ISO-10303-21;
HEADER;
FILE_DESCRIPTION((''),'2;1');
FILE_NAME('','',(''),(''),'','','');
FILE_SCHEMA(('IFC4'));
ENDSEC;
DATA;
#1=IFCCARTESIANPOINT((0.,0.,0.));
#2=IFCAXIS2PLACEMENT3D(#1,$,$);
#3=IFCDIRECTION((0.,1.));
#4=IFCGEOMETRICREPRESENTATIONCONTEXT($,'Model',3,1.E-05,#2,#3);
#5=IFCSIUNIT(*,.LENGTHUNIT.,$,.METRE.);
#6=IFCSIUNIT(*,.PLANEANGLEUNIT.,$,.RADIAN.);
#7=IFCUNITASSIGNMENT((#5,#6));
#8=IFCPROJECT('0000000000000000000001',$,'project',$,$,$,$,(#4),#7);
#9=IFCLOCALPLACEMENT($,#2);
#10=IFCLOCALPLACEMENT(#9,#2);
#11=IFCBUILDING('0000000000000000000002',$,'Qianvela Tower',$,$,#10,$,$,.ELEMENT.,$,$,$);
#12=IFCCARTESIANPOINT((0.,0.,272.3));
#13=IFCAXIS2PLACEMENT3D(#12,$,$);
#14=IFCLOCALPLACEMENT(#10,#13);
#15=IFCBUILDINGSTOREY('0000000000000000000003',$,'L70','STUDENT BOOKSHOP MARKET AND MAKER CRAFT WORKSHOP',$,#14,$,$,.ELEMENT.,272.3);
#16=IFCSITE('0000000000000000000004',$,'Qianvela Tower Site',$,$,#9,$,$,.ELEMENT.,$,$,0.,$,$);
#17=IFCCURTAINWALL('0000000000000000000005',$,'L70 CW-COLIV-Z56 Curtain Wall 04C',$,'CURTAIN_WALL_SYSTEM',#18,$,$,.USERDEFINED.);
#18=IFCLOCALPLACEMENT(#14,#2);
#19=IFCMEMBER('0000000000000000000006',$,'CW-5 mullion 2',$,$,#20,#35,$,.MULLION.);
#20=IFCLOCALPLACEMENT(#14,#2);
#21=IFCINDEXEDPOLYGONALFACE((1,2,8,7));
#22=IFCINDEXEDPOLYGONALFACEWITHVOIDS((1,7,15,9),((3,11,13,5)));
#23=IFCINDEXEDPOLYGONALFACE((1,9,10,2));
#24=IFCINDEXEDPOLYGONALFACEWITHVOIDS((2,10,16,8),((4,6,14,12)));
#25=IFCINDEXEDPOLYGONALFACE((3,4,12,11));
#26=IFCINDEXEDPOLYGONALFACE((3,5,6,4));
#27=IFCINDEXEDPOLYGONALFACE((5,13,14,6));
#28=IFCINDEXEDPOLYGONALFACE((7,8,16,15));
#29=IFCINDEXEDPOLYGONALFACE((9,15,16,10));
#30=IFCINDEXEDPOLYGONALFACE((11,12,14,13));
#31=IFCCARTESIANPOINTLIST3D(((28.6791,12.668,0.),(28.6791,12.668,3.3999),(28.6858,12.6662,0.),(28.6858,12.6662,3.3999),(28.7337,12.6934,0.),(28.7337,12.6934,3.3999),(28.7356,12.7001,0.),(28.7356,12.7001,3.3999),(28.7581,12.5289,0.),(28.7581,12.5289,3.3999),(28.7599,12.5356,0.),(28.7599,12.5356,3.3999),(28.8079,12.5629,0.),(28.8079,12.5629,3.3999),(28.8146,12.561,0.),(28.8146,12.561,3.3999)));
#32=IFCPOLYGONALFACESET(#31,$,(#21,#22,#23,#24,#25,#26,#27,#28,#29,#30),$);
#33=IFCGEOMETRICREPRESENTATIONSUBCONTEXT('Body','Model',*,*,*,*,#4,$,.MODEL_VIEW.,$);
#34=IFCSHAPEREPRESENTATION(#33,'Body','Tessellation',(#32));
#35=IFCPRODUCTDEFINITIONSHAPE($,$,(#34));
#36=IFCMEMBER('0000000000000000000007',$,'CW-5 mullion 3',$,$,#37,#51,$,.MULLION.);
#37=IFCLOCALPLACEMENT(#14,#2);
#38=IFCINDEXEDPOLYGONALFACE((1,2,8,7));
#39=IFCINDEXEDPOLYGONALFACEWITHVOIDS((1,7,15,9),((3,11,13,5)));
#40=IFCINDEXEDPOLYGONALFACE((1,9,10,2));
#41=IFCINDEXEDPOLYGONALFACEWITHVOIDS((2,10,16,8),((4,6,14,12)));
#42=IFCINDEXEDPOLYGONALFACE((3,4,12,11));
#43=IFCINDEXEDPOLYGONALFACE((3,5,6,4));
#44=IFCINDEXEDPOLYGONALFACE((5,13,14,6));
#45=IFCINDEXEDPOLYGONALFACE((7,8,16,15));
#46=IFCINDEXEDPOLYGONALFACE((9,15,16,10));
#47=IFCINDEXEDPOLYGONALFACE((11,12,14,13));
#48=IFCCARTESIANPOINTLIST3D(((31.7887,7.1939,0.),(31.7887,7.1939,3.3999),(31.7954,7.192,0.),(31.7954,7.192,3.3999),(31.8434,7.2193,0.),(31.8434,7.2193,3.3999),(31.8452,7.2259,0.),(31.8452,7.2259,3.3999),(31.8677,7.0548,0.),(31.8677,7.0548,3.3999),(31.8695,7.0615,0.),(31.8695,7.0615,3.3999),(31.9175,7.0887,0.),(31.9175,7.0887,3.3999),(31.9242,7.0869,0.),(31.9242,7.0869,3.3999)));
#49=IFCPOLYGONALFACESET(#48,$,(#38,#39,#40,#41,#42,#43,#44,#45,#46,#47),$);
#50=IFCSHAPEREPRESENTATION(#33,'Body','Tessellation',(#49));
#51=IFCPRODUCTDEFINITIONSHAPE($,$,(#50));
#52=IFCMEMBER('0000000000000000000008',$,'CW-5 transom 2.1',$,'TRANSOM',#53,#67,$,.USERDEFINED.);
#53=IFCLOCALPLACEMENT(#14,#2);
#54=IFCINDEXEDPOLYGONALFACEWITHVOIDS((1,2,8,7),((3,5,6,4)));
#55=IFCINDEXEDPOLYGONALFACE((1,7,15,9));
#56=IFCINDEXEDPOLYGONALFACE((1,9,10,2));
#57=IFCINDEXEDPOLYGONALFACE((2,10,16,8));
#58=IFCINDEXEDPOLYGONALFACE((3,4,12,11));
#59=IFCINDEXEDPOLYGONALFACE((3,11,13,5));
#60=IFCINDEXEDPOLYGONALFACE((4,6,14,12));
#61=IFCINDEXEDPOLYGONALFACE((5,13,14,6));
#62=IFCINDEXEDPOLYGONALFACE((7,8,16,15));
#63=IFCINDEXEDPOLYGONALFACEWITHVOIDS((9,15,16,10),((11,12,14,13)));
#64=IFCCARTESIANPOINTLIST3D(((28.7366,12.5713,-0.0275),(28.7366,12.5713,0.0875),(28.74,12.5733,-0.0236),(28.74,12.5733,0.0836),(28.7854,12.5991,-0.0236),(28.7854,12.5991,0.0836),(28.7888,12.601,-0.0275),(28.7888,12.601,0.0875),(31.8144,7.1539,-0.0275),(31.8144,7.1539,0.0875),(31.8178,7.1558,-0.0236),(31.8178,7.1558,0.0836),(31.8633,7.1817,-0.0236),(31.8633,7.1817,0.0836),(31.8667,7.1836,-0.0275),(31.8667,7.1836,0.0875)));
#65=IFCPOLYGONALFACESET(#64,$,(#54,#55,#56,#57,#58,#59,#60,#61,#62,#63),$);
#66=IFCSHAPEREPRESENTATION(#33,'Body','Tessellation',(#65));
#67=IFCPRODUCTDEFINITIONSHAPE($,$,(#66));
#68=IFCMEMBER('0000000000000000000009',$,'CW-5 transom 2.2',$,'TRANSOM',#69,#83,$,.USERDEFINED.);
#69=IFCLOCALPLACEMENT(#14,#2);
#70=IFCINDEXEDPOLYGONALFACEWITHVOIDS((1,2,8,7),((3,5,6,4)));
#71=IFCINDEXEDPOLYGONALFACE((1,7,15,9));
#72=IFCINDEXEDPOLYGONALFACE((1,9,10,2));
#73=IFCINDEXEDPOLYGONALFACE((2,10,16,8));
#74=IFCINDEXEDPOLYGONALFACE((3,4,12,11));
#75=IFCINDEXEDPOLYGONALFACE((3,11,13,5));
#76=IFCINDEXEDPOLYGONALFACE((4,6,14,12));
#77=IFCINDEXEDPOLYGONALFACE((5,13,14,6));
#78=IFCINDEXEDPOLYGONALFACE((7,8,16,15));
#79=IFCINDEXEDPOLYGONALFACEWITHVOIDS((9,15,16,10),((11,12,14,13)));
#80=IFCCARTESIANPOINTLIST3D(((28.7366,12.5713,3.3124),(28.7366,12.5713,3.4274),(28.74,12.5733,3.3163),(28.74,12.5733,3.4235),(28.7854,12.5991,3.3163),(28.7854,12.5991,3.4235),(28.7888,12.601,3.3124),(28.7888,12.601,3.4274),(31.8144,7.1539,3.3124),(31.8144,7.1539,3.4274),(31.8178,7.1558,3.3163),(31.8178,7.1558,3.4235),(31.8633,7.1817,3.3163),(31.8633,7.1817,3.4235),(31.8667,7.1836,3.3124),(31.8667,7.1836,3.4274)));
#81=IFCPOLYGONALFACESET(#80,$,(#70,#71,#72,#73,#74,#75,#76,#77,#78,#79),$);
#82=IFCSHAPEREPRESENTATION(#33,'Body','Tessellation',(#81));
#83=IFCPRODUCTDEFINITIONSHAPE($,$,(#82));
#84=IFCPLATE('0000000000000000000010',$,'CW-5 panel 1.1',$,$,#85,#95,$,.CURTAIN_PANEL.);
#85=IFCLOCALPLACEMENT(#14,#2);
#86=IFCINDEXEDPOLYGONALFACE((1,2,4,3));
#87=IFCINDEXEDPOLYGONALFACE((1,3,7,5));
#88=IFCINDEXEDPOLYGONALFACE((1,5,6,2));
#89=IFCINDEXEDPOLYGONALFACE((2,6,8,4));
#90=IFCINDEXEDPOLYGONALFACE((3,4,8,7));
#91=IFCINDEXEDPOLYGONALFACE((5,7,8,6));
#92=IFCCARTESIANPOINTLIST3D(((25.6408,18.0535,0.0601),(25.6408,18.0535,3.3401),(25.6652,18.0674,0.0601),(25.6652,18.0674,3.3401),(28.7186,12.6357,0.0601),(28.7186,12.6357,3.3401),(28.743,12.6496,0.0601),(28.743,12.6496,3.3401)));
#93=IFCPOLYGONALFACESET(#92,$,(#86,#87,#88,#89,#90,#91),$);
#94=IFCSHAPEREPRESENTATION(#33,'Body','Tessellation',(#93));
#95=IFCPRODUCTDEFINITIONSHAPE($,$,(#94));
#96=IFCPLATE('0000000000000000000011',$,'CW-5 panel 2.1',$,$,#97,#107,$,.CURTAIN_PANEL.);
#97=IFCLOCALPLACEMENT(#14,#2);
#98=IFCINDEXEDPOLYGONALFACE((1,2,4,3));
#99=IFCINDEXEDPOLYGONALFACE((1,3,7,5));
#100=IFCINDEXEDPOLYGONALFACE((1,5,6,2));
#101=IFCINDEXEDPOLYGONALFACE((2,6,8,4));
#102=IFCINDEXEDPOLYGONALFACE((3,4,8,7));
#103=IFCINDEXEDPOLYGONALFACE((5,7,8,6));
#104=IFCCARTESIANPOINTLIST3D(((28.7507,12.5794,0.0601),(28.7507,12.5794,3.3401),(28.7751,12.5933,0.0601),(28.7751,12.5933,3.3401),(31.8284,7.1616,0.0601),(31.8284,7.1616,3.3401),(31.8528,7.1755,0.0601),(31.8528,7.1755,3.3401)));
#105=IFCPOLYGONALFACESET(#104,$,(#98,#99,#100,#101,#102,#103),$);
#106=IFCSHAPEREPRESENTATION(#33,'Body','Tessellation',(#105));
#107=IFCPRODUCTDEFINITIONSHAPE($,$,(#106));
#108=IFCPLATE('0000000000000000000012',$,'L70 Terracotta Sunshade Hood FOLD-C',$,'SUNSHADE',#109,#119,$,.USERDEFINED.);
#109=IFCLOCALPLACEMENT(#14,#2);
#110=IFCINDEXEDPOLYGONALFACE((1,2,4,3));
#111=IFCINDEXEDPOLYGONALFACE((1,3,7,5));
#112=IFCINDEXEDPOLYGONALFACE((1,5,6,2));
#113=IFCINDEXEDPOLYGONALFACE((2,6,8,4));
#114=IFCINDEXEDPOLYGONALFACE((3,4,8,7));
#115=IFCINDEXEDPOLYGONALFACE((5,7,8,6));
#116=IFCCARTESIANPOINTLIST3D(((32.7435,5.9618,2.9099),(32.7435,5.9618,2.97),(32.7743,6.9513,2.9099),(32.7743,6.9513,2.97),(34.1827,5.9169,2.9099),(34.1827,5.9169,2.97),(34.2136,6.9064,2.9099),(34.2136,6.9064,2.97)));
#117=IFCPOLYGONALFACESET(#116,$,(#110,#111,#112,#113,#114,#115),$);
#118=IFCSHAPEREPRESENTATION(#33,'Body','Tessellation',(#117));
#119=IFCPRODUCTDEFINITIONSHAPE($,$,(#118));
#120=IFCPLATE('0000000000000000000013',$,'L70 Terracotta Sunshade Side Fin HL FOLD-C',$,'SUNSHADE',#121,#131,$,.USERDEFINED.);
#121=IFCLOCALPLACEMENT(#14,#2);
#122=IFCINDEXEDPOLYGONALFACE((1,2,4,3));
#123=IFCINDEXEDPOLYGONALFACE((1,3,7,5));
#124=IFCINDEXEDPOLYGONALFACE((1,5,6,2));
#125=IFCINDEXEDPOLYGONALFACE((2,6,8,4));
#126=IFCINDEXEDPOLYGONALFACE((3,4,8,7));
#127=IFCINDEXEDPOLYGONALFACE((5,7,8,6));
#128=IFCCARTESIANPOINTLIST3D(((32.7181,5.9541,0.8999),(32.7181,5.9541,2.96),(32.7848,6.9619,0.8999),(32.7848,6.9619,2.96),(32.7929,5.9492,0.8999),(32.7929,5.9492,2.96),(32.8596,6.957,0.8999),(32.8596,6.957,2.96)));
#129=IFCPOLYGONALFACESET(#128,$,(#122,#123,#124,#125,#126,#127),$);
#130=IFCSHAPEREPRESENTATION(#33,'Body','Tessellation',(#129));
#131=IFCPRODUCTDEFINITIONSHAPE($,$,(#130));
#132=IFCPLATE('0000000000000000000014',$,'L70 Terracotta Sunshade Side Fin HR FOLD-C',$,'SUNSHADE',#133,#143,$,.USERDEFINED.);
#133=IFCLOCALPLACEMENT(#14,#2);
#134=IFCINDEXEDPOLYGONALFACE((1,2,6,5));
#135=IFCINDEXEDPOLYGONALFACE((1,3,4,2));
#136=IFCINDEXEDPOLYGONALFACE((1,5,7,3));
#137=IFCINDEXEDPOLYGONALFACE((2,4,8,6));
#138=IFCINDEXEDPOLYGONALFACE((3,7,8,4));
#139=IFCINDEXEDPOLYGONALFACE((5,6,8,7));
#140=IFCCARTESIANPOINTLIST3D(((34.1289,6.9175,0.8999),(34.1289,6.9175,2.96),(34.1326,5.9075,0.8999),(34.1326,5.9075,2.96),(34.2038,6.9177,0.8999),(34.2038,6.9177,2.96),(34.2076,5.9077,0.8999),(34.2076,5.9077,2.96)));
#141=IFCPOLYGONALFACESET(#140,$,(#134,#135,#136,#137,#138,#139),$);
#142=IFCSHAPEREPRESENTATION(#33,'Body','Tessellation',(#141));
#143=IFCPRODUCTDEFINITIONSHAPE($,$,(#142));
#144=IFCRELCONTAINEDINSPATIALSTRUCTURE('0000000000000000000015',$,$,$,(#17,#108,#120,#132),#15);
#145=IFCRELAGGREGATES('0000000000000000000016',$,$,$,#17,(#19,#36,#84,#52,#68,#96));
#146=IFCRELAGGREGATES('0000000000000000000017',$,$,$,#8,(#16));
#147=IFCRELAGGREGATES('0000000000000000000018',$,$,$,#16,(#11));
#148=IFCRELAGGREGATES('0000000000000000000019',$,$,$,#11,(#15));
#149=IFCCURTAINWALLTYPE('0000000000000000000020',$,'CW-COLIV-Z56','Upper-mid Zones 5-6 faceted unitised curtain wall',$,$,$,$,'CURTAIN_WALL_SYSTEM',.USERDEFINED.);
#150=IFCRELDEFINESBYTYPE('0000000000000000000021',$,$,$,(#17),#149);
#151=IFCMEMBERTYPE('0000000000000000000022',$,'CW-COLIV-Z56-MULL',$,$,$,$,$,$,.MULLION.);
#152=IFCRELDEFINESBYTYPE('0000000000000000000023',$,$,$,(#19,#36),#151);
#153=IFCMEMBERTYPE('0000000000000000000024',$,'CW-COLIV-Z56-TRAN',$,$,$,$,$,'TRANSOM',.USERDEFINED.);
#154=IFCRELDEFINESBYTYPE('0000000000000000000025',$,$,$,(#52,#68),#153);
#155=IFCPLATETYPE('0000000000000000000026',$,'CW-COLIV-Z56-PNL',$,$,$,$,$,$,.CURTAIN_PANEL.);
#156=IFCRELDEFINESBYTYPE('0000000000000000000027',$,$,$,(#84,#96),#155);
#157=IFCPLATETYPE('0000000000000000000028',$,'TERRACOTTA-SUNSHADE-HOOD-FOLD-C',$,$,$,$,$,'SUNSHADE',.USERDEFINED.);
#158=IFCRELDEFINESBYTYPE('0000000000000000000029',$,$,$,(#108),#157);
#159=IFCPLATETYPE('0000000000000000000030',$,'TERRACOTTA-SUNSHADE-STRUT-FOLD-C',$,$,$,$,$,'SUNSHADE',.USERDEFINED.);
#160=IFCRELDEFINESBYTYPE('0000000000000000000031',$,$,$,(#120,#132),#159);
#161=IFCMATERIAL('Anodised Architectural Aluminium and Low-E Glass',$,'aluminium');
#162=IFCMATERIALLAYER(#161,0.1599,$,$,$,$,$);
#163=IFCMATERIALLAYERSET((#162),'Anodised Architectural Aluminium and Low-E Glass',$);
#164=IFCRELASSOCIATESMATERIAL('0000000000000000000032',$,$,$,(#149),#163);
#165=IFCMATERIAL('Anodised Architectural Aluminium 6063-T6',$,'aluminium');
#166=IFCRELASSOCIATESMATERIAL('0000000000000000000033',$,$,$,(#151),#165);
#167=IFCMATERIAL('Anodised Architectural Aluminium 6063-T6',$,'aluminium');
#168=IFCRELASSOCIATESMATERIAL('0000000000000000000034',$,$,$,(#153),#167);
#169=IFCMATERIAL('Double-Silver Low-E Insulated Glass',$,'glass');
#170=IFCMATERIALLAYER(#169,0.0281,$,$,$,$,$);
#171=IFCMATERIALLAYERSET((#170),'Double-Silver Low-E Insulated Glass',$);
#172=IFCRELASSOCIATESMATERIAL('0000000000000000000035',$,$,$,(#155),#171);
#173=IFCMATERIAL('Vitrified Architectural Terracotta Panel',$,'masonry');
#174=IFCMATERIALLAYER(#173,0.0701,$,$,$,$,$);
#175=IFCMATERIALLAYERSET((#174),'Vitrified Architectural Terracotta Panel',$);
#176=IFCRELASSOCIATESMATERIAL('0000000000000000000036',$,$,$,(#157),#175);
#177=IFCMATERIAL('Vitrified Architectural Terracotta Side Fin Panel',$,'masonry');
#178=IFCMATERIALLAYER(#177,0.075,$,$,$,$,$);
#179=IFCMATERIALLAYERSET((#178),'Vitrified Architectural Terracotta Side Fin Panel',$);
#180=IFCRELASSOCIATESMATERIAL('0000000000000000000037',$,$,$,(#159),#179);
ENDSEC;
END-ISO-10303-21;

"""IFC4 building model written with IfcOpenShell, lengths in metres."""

from ifc_helpers import new_model, si_unit, direction, frame, origin, origin_2d, place, context, subcontext, project, spatial, rectangle, hollow_rectangle, extrude, material, layer, layer_set, material_profile, profile_set, type_object, element, aggregate, save


model = new_model("IFC4")

# Units and contexts
model_context = context("Model", 3, precision=1e-05, world=origin(), true_north=direction((0.0, 1.0)))
body_context = subcontext(model_context, "Body", "Model", "MODEL_VIEW")
ifc_project = project(units=[si_unit("LENGTHUNIT", "METRE"), si_unit("PLANEANGLEUNIT", "RADIAN")], contexts=[model_context])

# Site, building, storey
site_placement = place(None, origin())
site = spatial("IfcSite", under=ifc_project, at=site_placement, Name="Qianvela Tower Site", CompositionType="ELEMENT", RefElevation=0.0)
building_placement = place(site_placement, origin())
building = spatial("IfcBuilding", under=site, at=building_placement, Name="Qianvela Tower", CompositionType="ELEMENT")
storey_placement = place(building_placement, frame((0.0, 0.0, 272.3)))
storey = spatial("IfcBuildingStorey", under=building, at=storey_placement, Name="L70", Description="STUDENT BOOKSHOP MARKET AND MAKER CRAFT WORKSHOP", CompositionType="ELEMENT", Elevation=272.3)

# Curtain wall, members, plates
ifc_material_1 = material(Name="Anodised Architectural Aluminium and Low-E Glass", Category="aluminium")
ifc_layer_1 = layer(ifc_material_1, 0.1599)
ifc_layer_set_1 = layer_set([ifc_layer_1], Name="Anodised Architectural Aluminium and Low-E Glass")
curtain_wall_type = type_object("IfcCurtainWallType", Name="CW-COLIV-Z56", Description="Upper-mid Zones 5-6 faceted unitised curtain wall", ElementType="CURTAIN_WALL_SYSTEM", PredefinedType="USERDEFINED", material=ifc_layer_set_1)
curtain_wall_placement = place(storey_placement, origin())
curtain_wall = element("IfcCurtainWall", 1, at=curtain_wall_placement, inside=storey, type_object=curtain_wall_type, Name="L70 CW-COLIV-Z56 Curtain Wall 04C", ObjectType="CURTAIN_WALL_SYSTEM", PredefinedType="USERDEFINED")
ifc_material_2 = material(Name="Anodised Architectural Aluminium 6063-T6", Category="aluminium")
ifc_material_profile_1 = material_profile(ifc_material_2, hollow_rectangle(XDim=0.0649, YDim=0.1599, WallThickness=0.0049, at=origin_2d()), Name="ALU-MULL-65x160")
ifc_profile_set_1 = profile_set([ifc_material_profile_1], Name="Anodised Architectural Aluminium 6063-T6")
member_type_1 = type_object("IfcMemberType", Name="CW-COLIV-Z56-MULL", PredefinedType="MULLION", material=ifc_profile_set_1)
member_1_placement = place(storey_placement, frame((28.7468, 12.6145, 0.0), z_axis=(0.0, 0.0, 1.0), x_axis=(0.869493, 0.493945, 0.0)))
member_1 = element("IfcMember", 2, at=member_1_placement, type_object=member_type_1, Name="CW-5 mullion 2", PredefinedType="MULLION", context=body_context, shape_type="SweptSolid", body=[
    extrude(hollow_rectangle(XDim=0.0649, YDim=0.1599, WallThickness=0.0049, at=origin_2d()), origin(), (0.0, 0.0, 1.0), 3.3999),
])
member_2_placement = place(storey_placement, frame((31.8564, 7.1404, 0.0), z_axis=(0.0, 0.0, 1.0), x_axis=(0.869493, 0.493945, 0.0)))
member_2 = element("IfcMember", 3, at=member_2_placement, type_object=member_type_1, Name="CW-5 mullion 3", PredefinedType="MULLION", context=body_context, shape_type="SweptSolid", body=[
    extrude(hollow_rectangle(XDim=0.0649, YDim=0.1599, WallThickness=0.0049, at=origin_2d()), origin(), (0.0, 0.0, 1.0), 3.3999),
])
ifc_material_3 = material(Name="Anodised Architectural Aluminium 6063-T6", Category="aluminium")
ifc_material_profile_2 = material_profile(ifc_material_3, hollow_rectangle(XDim=0.0601, YDim=0.115, WallThickness=0.0039, at=origin_2d()), Name="ALU-TRAN-60x115")
ifc_profile_set_2 = profile_set([ifc_material_profile_2], Name="Anodised Architectural Aluminium 6063-T6")
member_type_2 = type_object("IfcMemberType", Name="CW-COLIV-Z56-TRAN", ElementType="TRANSOM", PredefinedType="USERDEFINED", material=ifc_profile_set_2)
member_3_placement = place(storey_placement, frame((28.7627, 12.5862, 0.03), z_axis=(0.493981, -0.869473, 0.0), x_axis=(0.869473, 0.493981, 0.0)))
member_3 = element("IfcMember", 4, at=member_3_placement, type_object=member_type_2, Name="CW-5 transom 2.1", ObjectType="TRANSOM", PredefinedType="USERDEFINED", context=body_context, shape_type="SweptSolid", body=[
    extrude(hollow_rectangle(XDim=0.0601, YDim=0.115, WallThickness=0.0039, at=origin_2d()), origin(), (0.0, 0.0, 1.0), 6.2307),
])
member_4_placement = place(storey_placement, frame((28.7627, 12.5862, 3.3699), z_axis=(0.493981, -0.869473, 0.0), x_axis=(0.869473, 0.493981, 0.0)))
member_4 = element("IfcMember", 5, at=member_4_placement, type_object=member_type_2, Name="CW-5 transom 2.2", ObjectType="TRANSOM", PredefinedType="USERDEFINED", context=body_context, shape_type="SweptSolid", body=[
    extrude(hollow_rectangle(XDim=0.0601, YDim=0.115, WallThickness=0.0039, at=origin_2d()), origin(), (0.0, 0.0, 1.0), 6.2307),
])
ifc_material_4 = material(Name="Double-Silver Low-E Insulated Glass", Category="glass")
ifc_layer_2 = layer(ifc_material_4, 0.0281)
ifc_layer_set_2 = layer_set([ifc_layer_2], Name="Double-Silver Low-E Insulated Glass")
plate_type_1 = type_object("IfcPlateType", Name="CW-COLIV-Z56-PNL", PredefinedType="CURTAIN_PANEL", material=ifc_layer_set_2)
plate_1_placement = place(storey_placement, frame((27.1919, 15.3516, 0.0601), z_axis=(0.0, 0.0, 1.0), x_axis=(0.493945, -0.869493, 0.0)))
plate_1 = element("IfcPlate", 6, at=plate_1_placement, type_object=plate_type_1, Name="CW-5 panel 1.1", PredefinedType="CURTAIN_PANEL", context=body_context, shape_type="SweptSolid", body=[
    extrude(rectangle(XDim=6.231, YDim=0.0281, at=origin_2d()), origin(), (0.0, 0.0, 1.0), 3.28),
])
plate_2_placement = place(storey_placement, frame((30.3018, 9.8774, 0.0601), z_axis=(0.0, 0.0, 1.0), x_axis=(0.493945, -0.869493, 0.0)))
plate_2 = element("IfcPlate", 7, at=plate_2_placement, type_object=plate_type_1, Name="CW-5 panel 2.1", PredefinedType="CURTAIN_PANEL", context=body_context, shape_type="SweptSolid", body=[
    extrude(rectangle(XDim=6.231, YDim=0.0281, at=origin_2d()), origin(), (0.0, 0.0, 1.0), 3.28),
])
aggregate(curtain_wall, [member_1, member_2, plate_1, member_3, member_4, plate_2])

# Plates
ifc_material_5 = material(Name="Vitrified Architectural Terracotta Panel", Category="masonry")
ifc_layer_3 = layer(ifc_material_5, 0.0701)
ifc_layer_set_3 = layer_set([ifc_layer_3], Name="Vitrified Architectural Terracotta Panel")
plate_type_2 = type_object("IfcPlateType", Name="TERRACOTTA-SUNSHADE-HOOD-FOLD-C", ElementType="SUNSHADE", PredefinedType="USERDEFINED", material=ifc_layer_set_3)
plate_3_placement = place(storey_placement, frame((33.4785, 6.4341, 2.9099), z_axis=(0.0, 0.0, 1.0), x_axis=(0.999514, -0.031177, 0.0)))
element("IfcPlate", 8, at=plate_3_placement, inside=storey, type_object=plate_type_2, Name="L70 Terracotta Sunshade Hood FOLD-C", ObjectType="SUNSHADE", PredefinedType="USERDEFINED", context=body_context, shape_type="SweptSolid", body=[
    extrude(rectangle(XDim=1.4399, YDim=0.99, at=origin_2d()), origin(), (0.0, 0.0, 1.0), 0.0601),
])
ifc_material_6 = material(Name="Vitrified Architectural Terracotta Side Fin Panel", Category="masonry")
ifc_layer_4 = layer(ifc_material_6, 0.075)
ifc_layer_set_4 = layer_set([ifc_layer_4], Name="Vitrified Architectural Terracotta Side Fin Panel")
plate_type_3 = type_object("IfcPlateType", Name="TERRACOTTA-SUNSHADE-STRUT-FOLD-C", ElementType="SUNSHADE", PredefinedType="USERDEFINED", material=ifc_layer_set_4)
for number, where, z_axis, x_axis, name in (
    (9, (32.7888, 6.4556, 0.8999), (0.0, 0.0, 1.0), (0.997817, -0.066041, 0.0), "L70 Terracotta Sunshade Side Fin HL FOLD-C"),
    (10, (34.1682, 6.4126, 0.8999), (0.0, 0.0, 1.0), (0.999993, 0.003725, 0.0), "L70 Terracotta Sunshade Side Fin HR FOLD-C"),
):
    element("IfcPlate", number, at=place(storey_placement, frame(where, z_axis=z_axis, x_axis=x_axis)), inside=storey, type_object=plate_type_3, Name=name, ObjectType="SUNSHADE", PredefinedType="USERDEFINED", context=body_context, shape_type="SweptSolid", body=[
        extrude(rectangle(XDim=0.075, YDim=1.01, at=origin_2d()), origin(), (0.0, 0.0, 1.0), 2.0601),
    ])

save(model, "model.ifc")
